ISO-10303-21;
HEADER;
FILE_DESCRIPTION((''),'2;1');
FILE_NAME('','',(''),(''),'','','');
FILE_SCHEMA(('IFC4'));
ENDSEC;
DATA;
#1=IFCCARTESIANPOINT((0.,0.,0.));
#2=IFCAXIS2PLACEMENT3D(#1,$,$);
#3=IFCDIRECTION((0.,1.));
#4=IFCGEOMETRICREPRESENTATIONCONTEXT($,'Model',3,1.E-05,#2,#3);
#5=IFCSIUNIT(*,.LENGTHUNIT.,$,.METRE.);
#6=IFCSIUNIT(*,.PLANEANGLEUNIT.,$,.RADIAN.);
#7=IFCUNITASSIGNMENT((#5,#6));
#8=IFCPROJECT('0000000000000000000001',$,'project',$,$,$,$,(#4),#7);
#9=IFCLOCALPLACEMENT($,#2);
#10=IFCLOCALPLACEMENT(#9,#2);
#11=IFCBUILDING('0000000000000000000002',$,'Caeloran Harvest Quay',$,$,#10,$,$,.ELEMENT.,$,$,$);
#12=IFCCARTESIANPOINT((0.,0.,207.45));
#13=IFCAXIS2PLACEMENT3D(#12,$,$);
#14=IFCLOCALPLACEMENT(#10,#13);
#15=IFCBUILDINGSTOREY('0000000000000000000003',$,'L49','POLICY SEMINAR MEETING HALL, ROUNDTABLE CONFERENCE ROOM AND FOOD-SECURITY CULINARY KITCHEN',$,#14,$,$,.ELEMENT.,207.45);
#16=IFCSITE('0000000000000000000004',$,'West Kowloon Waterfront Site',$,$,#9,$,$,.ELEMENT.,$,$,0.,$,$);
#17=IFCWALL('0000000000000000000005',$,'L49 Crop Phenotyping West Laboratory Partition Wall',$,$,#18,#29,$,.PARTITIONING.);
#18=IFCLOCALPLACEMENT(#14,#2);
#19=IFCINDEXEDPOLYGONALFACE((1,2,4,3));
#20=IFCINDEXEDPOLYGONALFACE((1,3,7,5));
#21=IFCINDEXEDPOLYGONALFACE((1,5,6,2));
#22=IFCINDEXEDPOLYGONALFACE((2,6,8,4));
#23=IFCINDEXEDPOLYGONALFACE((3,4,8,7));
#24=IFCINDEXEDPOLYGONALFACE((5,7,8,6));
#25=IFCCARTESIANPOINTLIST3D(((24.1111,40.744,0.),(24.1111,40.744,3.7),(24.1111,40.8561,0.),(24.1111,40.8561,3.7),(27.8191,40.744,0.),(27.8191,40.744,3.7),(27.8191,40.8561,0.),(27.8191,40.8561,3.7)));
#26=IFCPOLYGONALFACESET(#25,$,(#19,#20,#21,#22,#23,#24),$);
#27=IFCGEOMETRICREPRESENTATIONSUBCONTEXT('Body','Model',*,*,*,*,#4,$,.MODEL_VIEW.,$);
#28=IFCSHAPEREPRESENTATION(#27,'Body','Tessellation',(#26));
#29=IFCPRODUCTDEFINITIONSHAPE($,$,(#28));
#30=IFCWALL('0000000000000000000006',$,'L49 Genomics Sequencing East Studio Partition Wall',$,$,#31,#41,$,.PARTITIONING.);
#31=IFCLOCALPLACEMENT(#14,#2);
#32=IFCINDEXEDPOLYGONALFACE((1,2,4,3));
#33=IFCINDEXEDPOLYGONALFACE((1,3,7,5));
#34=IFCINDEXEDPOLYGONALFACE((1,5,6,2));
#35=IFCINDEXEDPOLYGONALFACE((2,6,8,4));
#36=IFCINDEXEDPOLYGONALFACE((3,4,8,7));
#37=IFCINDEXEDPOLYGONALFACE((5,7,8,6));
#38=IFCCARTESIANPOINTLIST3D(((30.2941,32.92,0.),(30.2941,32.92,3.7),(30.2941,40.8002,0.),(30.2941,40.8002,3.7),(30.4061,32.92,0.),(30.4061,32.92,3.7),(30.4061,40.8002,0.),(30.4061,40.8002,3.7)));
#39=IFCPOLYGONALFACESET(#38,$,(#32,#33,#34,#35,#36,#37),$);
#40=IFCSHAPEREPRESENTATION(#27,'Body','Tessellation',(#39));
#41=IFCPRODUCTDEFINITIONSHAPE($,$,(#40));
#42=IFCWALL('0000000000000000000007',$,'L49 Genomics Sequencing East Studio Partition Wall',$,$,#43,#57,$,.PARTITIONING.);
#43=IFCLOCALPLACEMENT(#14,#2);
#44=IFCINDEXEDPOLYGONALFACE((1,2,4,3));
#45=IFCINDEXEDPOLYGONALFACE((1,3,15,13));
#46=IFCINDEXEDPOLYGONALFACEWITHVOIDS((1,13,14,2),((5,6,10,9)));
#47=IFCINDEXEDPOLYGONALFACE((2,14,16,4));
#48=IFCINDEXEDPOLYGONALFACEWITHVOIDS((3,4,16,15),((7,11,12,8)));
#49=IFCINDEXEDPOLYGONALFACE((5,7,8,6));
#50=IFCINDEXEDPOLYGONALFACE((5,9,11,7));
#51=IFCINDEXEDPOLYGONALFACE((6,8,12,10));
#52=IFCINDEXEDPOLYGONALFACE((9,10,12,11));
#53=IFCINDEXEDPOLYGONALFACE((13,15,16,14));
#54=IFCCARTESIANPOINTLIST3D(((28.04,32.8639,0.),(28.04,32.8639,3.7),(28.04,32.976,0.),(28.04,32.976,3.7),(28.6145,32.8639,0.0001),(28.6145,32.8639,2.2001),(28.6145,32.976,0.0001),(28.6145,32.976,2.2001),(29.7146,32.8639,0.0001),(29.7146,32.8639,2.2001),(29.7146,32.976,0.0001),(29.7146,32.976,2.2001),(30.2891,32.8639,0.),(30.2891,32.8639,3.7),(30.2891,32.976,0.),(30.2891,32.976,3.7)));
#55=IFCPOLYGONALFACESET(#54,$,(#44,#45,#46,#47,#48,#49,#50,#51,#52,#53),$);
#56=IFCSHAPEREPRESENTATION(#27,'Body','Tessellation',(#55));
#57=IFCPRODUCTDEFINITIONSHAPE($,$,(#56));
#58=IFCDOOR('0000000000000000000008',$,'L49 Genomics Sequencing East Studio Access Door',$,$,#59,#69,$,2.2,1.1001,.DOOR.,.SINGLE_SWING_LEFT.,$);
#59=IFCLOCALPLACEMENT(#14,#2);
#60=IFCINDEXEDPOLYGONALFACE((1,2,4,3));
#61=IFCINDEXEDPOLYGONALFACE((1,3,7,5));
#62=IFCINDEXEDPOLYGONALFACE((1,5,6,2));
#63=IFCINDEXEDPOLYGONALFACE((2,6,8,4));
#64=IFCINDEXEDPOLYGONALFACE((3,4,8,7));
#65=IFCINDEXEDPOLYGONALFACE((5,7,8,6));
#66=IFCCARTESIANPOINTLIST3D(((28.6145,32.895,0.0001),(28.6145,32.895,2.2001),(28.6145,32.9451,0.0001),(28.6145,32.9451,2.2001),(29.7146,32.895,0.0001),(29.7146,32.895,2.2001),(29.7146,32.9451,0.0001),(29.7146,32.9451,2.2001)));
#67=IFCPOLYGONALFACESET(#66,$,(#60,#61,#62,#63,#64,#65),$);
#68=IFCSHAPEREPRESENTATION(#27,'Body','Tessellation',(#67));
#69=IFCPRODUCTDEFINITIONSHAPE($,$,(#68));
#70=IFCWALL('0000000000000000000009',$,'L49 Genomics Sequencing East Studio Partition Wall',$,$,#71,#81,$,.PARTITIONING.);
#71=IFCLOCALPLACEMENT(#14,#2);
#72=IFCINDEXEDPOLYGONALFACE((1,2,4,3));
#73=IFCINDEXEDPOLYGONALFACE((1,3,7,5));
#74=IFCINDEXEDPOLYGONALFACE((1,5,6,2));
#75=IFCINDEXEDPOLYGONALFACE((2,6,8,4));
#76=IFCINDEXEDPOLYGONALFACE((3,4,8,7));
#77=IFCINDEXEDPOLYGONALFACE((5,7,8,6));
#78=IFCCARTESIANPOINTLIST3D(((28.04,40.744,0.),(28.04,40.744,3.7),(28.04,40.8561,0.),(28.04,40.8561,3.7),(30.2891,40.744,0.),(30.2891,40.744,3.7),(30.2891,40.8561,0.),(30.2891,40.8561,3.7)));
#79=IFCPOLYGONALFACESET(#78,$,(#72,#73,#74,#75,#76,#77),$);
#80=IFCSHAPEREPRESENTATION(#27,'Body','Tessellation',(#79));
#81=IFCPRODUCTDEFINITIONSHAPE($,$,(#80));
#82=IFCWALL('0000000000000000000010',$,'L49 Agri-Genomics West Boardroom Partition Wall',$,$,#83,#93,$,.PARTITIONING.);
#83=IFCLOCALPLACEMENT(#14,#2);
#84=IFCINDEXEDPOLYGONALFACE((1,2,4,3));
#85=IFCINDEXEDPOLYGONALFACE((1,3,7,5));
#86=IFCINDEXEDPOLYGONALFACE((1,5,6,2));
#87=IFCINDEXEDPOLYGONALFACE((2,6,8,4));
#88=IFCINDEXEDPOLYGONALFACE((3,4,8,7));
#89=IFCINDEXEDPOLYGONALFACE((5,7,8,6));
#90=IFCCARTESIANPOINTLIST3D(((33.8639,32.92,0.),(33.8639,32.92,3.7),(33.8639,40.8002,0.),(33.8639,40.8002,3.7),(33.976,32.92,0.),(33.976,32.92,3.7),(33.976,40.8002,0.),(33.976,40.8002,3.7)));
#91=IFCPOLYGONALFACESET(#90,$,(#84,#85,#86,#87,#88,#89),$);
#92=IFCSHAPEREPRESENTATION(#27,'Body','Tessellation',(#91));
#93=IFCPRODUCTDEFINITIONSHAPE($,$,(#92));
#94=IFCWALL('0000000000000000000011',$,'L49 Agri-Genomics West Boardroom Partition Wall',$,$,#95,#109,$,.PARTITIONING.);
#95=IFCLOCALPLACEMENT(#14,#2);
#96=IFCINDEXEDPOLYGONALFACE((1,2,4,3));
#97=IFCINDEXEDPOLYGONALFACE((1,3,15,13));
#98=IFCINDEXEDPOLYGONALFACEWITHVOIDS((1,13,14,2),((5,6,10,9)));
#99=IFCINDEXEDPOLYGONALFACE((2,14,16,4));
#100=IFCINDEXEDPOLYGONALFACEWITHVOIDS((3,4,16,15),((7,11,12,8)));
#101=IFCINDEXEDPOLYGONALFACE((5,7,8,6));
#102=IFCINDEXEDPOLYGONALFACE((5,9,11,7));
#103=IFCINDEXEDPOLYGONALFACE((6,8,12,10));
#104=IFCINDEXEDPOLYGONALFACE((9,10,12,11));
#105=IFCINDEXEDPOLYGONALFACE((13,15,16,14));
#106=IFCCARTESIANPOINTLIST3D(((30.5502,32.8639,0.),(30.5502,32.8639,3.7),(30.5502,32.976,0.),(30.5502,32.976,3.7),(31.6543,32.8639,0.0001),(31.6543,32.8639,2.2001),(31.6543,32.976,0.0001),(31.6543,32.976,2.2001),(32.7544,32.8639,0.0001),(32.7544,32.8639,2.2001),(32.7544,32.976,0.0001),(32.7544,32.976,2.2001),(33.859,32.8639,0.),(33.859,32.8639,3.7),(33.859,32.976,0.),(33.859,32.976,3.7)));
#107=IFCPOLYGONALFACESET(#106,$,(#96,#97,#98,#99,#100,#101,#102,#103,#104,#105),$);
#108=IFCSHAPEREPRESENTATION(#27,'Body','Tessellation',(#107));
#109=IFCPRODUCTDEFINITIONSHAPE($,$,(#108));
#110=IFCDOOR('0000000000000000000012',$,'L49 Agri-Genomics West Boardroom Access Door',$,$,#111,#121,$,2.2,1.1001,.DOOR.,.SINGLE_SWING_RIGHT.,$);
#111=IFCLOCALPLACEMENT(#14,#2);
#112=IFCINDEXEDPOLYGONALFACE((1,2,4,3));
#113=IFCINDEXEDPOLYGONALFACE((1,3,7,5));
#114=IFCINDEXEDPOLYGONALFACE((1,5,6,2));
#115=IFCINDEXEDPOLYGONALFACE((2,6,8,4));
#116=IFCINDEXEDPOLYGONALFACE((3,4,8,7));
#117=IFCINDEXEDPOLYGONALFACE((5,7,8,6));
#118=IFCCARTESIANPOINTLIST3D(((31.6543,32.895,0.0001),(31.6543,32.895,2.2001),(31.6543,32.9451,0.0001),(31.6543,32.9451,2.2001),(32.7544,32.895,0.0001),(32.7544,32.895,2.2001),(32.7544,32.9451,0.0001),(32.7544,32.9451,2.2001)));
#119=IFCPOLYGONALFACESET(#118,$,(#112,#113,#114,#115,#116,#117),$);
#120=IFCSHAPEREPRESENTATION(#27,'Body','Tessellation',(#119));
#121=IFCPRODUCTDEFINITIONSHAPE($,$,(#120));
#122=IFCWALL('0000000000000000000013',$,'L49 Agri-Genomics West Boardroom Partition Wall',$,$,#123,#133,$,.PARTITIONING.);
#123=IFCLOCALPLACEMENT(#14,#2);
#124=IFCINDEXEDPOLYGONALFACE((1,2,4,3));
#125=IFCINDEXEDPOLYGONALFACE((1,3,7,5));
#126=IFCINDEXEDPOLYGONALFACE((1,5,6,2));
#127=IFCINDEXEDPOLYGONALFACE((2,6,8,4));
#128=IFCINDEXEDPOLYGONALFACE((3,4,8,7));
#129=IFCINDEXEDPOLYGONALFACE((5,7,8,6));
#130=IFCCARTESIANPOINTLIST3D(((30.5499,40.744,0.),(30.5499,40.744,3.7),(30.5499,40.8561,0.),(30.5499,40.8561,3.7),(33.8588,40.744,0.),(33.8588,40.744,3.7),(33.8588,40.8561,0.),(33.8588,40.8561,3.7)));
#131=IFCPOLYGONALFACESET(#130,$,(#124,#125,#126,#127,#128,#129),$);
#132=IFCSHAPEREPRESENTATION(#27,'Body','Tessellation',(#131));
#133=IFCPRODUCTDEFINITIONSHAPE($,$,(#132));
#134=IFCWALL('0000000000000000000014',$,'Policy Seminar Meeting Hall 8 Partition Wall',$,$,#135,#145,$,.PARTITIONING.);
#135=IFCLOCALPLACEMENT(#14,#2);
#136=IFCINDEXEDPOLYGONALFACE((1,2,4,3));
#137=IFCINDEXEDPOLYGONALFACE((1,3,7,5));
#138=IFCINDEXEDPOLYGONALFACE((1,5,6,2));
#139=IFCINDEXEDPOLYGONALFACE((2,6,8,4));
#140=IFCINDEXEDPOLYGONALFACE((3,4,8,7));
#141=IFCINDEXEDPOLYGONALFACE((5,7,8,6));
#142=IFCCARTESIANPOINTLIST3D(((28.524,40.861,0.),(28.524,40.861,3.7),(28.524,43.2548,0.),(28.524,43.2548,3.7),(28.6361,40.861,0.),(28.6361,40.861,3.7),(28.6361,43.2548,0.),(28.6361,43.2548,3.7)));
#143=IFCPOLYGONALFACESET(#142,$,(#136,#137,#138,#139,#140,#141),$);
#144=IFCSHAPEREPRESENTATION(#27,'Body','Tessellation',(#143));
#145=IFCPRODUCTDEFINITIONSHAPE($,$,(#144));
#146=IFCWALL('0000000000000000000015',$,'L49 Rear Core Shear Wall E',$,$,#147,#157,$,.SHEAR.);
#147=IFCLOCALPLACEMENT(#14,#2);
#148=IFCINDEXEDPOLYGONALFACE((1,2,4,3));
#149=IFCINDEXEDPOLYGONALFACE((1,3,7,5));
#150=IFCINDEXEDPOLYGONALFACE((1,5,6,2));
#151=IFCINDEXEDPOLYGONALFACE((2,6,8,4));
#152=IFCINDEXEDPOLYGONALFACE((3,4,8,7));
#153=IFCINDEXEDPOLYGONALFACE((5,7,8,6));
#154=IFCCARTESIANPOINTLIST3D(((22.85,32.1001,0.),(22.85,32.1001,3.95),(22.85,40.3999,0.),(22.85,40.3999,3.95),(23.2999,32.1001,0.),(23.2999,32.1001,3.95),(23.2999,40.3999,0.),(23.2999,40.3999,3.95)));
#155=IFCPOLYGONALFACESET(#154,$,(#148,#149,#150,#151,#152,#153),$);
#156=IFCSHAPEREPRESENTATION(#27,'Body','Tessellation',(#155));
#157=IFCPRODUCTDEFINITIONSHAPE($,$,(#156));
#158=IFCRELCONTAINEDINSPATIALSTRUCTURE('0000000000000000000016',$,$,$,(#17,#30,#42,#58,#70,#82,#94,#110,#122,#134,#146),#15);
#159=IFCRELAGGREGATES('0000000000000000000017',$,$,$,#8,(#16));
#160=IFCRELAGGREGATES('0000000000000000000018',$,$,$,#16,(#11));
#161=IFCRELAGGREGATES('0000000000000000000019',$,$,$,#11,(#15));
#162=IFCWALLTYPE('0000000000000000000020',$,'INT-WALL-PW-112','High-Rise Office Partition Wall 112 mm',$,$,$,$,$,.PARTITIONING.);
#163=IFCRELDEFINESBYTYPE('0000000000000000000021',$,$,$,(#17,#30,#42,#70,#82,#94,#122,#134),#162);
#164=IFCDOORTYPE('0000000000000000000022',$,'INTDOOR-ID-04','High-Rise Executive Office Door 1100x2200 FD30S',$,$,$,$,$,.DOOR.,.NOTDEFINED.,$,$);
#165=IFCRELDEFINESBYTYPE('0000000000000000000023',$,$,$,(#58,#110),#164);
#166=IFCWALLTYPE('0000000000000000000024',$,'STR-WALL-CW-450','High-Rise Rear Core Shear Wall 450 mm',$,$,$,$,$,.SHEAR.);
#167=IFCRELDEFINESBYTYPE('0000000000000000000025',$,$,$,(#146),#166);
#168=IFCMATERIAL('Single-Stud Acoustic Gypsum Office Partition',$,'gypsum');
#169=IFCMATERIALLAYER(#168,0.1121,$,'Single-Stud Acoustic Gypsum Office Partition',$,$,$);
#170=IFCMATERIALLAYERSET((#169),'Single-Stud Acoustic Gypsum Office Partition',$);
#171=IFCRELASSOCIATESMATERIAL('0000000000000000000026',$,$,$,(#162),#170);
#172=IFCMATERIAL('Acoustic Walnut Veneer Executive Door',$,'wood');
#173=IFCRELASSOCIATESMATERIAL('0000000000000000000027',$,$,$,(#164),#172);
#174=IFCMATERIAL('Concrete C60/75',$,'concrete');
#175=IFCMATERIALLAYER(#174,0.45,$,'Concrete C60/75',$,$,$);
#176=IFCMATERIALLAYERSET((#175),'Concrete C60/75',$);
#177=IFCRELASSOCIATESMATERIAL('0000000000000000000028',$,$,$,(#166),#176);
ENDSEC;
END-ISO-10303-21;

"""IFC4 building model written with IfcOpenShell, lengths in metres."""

from ifc_helpers import new_model, si_unit, direction, frame, frame_2d, origin, place, context, subcontext, project, spatial, rectangle, extrude, material, layer, layer_set, type_object, element, fill, save


model = new_model("IFC4")

# Units and contexts
model_context = context("Model", 3, precision=1e-05, world=origin(), true_north=direction((0.0, 1.0)))
body_context = subcontext(model_context, "Body", "Model", "MODEL_VIEW")
ifc_project = project(units=[si_unit("LENGTHUNIT", "METRE"), si_unit("PLANEANGLEUNIT", "RADIAN")], contexts=[model_context])

# Site, building, storey
site_placement = place(None, origin())
site = spatial("IfcSite", under=ifc_project, at=site_placement, Name="West Kowloon Waterfront Site", CompositionType="ELEMENT", RefElevation=0.0)
building_placement = place(site_placement, origin())
building = spatial("IfcBuilding", under=site, at=building_placement, Name="Caeloran Harvest Quay", CompositionType="ELEMENT")
storey_placement = place(building_placement, frame((0.0, 0.0, 207.45)))
storey = spatial("IfcBuildingStorey", under=building, at=storey_placement, Name="L49", Description="POLICY SEMINAR MEETING HALL, ROUNDTABLE CONFERENCE ROOM AND FOOD-SECURITY CULINARY KITCHEN", CompositionType="ELEMENT", Elevation=207.45)

# Shared definitions
ifc_material_1 = material(Name="Concrete C60/75", Category="concrete")

# Shared definitions
ifc_material_2 = material(Name="Single-Stud Acoustic Gypsum Office Partition", Category="gypsum")
ifc_layer_1 = layer(ifc_material_2, 0.1121, Name="Single-Stud Acoustic Gypsum Office Partition")
ifc_layer_set_1 = layer_set([ifc_layer_1], Name="Single-Stud Acoustic Gypsum Office Partition")
wall_type_1 = type_object("IfcWallType", Name="INT-WALL-PW-112", Description="High-Rise Office Partition Wall 112 mm", PredefinedType="PARTITIONING", material=ifc_layer_set_1)

# Shared definitions
ifc_material_3 = material(Name="Acoustic Walnut Veneer Executive Door", Category="wood")
door_type = type_object("IfcDoorType", Name="INTDOOR-ID-04", Description="High-Rise Executive Office Door 1100x2200 FD30S", OperationType="NOTDEFINED", PredefinedType="DOOR", material=ifc_material_3)

# Walls
wall_1_placement = place(storey_placement, frame((24.1111, 40.8, 0.0), z_axis=(0.0, 0.0, 1.0), x_axis=(1.0, 0.0, 0.0)))
element("IfcWall", 1, at=wall_1_placement, inside=storey, type_object=wall_type_1, Name="L49 Crop Phenotyping West Laboratory Partition Wall", PredefinedType="PARTITIONING", context=body_context, shape_type="SweptSolid", body=[
    extrude(rectangle(XDim=3.708, YDim=0.1121, at=frame_2d((1.854, 0.0))), origin(), (0.0, 0.0, 1.0), 3.7),
])
wall_2_placement = place(storey_placement, frame((30.3501, 40.8, 0.0), z_axis=(0.0, 0.0, 1.0), x_axis=(0.0, -1.0, 0.0)))
element("IfcWall", 2, at=wall_2_placement, inside=storey, type_object=wall_type_1, Name="L49 Genomics Sequencing East Studio Partition Wall", PredefinedType="PARTITIONING", context=body_context, shape_type="SweptSolid", body=[
    extrude(rectangle(XDim=7.8801, YDim=0.1121, at=frame_2d((3.9399, 0.0))), origin(), (0.0, 0.0, 1.0), 3.7),
])

# Wall, opening, door
wall_3_placement = place(storey_placement, frame((30.2891, 32.9199, 0.0), z_axis=(0.0, 0.0, 1.0), x_axis=(-1.0, 0.0, 0.0)))
wall_3 = element("IfcWall", 3, at=wall_3_placement, inside=storey, type_object=wall_type_1, Name="L49 Genomics Sequencing East Studio Partition Wall", PredefinedType="PARTITIONING", context=body_context, shape_type="SweptSolid", body=[
    extrude(rectangle(XDim=2.249, YDim=0.1121, at=frame_2d((1.1245, 0.0))), origin(), (0.0, 0.0, 1.0), 3.7),
])
opening_1_placement = place(wall_3_placement, frame((0.5745, 0.0, 0.0)))
opening_1 = element("IfcOpeningElement", 4, at=opening_1_placement, cuts=wall_3, PredefinedType="OPENING", context=body_context, shape_type="SweptSolid", body=[
    extrude(rectangle(XDim=1.1001, YDim=2.2, at=frame_2d((0.55, 1.1001))), frame((0.0, 0.0659, 0.0), z_axis=(0.0, -1.0, 0.0), x_axis=(1.0, 0.0, 0.0)), (0.0, 0.0, 1.0), 0.1321),
])
door_1_placement = place(opening_1_placement, origin())
door_1 = element("IfcDoor", 5, at=door_1_placement, inside=storey, type_object=door_type, Name="L49 Genomics Sequencing East Studio Access Door", OperationType="SINGLE_SWING_LEFT", OverallHeight=2.2, OverallWidth=1.1001, PredefinedType="DOOR", context=body_context, shape_type="SweptSolid", body=[
    extrude(rectangle(XDim=1.1001, YDim=2.2, at=frame_2d((0.55, 1.1001))), frame((0.0, 0.0249, 0.0), z_axis=(0.0, -1.0, 0.0), x_axis=(1.0, 0.0, 0.0)), (0.0, 0.0, 1.0), 0.05),
])
fill(opening_1, door_1)

# Walls
wall_4_placement = place(storey_placement, frame((28.04, 40.8, 0.0), z_axis=(0.0, 0.0, 1.0), x_axis=(1.0, 0.0, 0.0)))
element("IfcWall", 6, at=wall_4_placement, inside=storey, type_object=wall_type_1, Name="L49 Genomics Sequencing East Studio Partition Wall", PredefinedType="PARTITIONING", context=body_context, shape_type="SweptSolid", body=[
    extrude(rectangle(XDim=2.249, YDim=0.1121, at=frame_2d((1.1245, 0.0))), origin(), (0.0, 0.0, 1.0), 3.7),
])
wall_5_placement = place(storey_placement, frame((33.9199, 40.8, 0.0), z_axis=(0.0, 0.0, 1.0), x_axis=(0.0, -1.0, 0.0)))
element("IfcWall", 7, at=wall_5_placement, inside=storey, type_object=wall_type_1, Name="L49 Agri-Genomics West Boardroom Partition Wall", PredefinedType="PARTITIONING", context=body_context, shape_type="SweptSolid", body=[
    extrude(rectangle(XDim=7.8801, YDim=0.1121, at=frame_2d((3.9399, 0.0))), origin(), (0.0, 0.0, 1.0), 3.7),
])

# Wall, opening, door
wall_6_placement = place(storey_placement, frame((33.8589, 32.9199, 0.0), z_axis=(0.0, 0.0, 1.0), x_axis=(-1.0, 0.0, 0.0)))
wall_6 = element("IfcWall", 8, at=wall_6_placement, inside=storey, type_object=wall_type_1, Name="L49 Agri-Genomics West Boardroom Partition Wall", PredefinedType="PARTITIONING", context=body_context, shape_type="SweptSolid", body=[
    extrude(rectangle(XDim=3.3088, YDim=0.1121, at=frame_2d((1.6543, 0.0))), origin(), (0.0, 0.0, 1.0), 3.7),
])
opening_2_placement = place(wall_6_placement, frame((1.1045, 0.0, 0.0)))
opening_2 = element("IfcOpeningElement", 9, at=opening_2_placement, cuts=wall_6, PredefinedType="OPENING", context=body_context, shape_type="SweptSolid", body=[
    extrude(rectangle(XDim=1.1001, YDim=2.2, at=frame_2d((0.55, 1.1001))), frame((0.0, 0.0659, 0.0), z_axis=(0.0, -1.0, 0.0), x_axis=(1.0, 0.0, 0.0)), (0.0, 0.0, 1.0), 0.1321),
])
door_2_placement = place(opening_2_placement, origin())
door_2 = element("IfcDoor", 10, at=door_2_placement, inside=storey, type_object=door_type, Name="L49 Agri-Genomics West Boardroom Access Door", OperationType="SINGLE_SWING_RIGHT", OverallHeight=2.2, OverallWidth=1.1001, PredefinedType="DOOR", context=body_context, shape_type="SweptSolid", body=[
    extrude(rectangle(XDim=1.1001, YDim=2.2, at=frame_2d((0.55, 1.1001))), frame((0.0, 0.0249, 0.0), z_axis=(0.0, -1.0, 0.0), x_axis=(1.0, 0.0, 0.0)), (0.0, 0.0, 1.0), 0.05),
])
fill(opening_2, door_2)

# Walls
wall_7_placement = place(storey_placement, frame((30.55, 40.8, 0.0), z_axis=(0.0, 0.0, 1.0), x_axis=(1.0, 0.0, 0.0)))
element("IfcWall", 11, at=wall_7_placement, inside=storey, type_object=wall_type_1, Name="L49 Agri-Genomics West Boardroom Partition Wall", PredefinedType="PARTITIONING", context=body_context, shape_type="SweptSolid", body=[
    extrude(rectangle(XDim=3.3088, YDim=0.1121, at=frame_2d((1.6543, 0.0))), origin(), (0.0, 0.0, 1.0), 3.7),
])
wall_8_placement = place(storey_placement, frame((28.5801, 40.8611, 0.0), z_axis=(0.0, 0.0, 1.0), x_axis=(0.0, 1.0, 0.0)))
element("IfcWall", 12, at=wall_8_placement, inside=storey, type_object=wall_type_1, Name="Policy Seminar Meeting Hall 8 Partition Wall", PredefinedType="PARTITIONING", context=body_context, shape_type="SweptSolid", body=[
    extrude(rectangle(XDim=2.3938, YDim=0.1121, at=frame_2d((1.1968, 0.0))), origin(), (0.0, 0.0, 1.0), 3.7),
])
ifc_layer_2 = layer(ifc_material_1, 0.45, Name="Concrete C60/75")
ifc_layer_set_2 = layer_set([ifc_layer_2], Name="Concrete C60/75")
wall_type_2 = type_object("IfcWallType", Name="STR-WALL-CW-450", Description="High-Rise Rear Core Shear Wall 450 mm", PredefinedType="SHEAR", material=ifc_layer_set_2)
wall_9_placement = place(storey_placement, frame((23.075, 32.1001, 0.0), z_axis=(0.0, 0.0, 1.0), x_axis=(0.0, 1.0, 0.0)))
element("IfcWall", 13, at=wall_9_placement, inside=storey, type_object=wall_type_2, Name="L49 Rear Core Shear Wall E", PredefinedType="SHEAR", context=body_context, shape_type="SweptSolid", body=[
    extrude(rectangle(XDim=8.2998, YDim=0.45, at=frame_2d((4.1499, 0.0))), origin(), (0.0, 0.0, 1.0), 3.95),
])

save(model, "model.ifc")
